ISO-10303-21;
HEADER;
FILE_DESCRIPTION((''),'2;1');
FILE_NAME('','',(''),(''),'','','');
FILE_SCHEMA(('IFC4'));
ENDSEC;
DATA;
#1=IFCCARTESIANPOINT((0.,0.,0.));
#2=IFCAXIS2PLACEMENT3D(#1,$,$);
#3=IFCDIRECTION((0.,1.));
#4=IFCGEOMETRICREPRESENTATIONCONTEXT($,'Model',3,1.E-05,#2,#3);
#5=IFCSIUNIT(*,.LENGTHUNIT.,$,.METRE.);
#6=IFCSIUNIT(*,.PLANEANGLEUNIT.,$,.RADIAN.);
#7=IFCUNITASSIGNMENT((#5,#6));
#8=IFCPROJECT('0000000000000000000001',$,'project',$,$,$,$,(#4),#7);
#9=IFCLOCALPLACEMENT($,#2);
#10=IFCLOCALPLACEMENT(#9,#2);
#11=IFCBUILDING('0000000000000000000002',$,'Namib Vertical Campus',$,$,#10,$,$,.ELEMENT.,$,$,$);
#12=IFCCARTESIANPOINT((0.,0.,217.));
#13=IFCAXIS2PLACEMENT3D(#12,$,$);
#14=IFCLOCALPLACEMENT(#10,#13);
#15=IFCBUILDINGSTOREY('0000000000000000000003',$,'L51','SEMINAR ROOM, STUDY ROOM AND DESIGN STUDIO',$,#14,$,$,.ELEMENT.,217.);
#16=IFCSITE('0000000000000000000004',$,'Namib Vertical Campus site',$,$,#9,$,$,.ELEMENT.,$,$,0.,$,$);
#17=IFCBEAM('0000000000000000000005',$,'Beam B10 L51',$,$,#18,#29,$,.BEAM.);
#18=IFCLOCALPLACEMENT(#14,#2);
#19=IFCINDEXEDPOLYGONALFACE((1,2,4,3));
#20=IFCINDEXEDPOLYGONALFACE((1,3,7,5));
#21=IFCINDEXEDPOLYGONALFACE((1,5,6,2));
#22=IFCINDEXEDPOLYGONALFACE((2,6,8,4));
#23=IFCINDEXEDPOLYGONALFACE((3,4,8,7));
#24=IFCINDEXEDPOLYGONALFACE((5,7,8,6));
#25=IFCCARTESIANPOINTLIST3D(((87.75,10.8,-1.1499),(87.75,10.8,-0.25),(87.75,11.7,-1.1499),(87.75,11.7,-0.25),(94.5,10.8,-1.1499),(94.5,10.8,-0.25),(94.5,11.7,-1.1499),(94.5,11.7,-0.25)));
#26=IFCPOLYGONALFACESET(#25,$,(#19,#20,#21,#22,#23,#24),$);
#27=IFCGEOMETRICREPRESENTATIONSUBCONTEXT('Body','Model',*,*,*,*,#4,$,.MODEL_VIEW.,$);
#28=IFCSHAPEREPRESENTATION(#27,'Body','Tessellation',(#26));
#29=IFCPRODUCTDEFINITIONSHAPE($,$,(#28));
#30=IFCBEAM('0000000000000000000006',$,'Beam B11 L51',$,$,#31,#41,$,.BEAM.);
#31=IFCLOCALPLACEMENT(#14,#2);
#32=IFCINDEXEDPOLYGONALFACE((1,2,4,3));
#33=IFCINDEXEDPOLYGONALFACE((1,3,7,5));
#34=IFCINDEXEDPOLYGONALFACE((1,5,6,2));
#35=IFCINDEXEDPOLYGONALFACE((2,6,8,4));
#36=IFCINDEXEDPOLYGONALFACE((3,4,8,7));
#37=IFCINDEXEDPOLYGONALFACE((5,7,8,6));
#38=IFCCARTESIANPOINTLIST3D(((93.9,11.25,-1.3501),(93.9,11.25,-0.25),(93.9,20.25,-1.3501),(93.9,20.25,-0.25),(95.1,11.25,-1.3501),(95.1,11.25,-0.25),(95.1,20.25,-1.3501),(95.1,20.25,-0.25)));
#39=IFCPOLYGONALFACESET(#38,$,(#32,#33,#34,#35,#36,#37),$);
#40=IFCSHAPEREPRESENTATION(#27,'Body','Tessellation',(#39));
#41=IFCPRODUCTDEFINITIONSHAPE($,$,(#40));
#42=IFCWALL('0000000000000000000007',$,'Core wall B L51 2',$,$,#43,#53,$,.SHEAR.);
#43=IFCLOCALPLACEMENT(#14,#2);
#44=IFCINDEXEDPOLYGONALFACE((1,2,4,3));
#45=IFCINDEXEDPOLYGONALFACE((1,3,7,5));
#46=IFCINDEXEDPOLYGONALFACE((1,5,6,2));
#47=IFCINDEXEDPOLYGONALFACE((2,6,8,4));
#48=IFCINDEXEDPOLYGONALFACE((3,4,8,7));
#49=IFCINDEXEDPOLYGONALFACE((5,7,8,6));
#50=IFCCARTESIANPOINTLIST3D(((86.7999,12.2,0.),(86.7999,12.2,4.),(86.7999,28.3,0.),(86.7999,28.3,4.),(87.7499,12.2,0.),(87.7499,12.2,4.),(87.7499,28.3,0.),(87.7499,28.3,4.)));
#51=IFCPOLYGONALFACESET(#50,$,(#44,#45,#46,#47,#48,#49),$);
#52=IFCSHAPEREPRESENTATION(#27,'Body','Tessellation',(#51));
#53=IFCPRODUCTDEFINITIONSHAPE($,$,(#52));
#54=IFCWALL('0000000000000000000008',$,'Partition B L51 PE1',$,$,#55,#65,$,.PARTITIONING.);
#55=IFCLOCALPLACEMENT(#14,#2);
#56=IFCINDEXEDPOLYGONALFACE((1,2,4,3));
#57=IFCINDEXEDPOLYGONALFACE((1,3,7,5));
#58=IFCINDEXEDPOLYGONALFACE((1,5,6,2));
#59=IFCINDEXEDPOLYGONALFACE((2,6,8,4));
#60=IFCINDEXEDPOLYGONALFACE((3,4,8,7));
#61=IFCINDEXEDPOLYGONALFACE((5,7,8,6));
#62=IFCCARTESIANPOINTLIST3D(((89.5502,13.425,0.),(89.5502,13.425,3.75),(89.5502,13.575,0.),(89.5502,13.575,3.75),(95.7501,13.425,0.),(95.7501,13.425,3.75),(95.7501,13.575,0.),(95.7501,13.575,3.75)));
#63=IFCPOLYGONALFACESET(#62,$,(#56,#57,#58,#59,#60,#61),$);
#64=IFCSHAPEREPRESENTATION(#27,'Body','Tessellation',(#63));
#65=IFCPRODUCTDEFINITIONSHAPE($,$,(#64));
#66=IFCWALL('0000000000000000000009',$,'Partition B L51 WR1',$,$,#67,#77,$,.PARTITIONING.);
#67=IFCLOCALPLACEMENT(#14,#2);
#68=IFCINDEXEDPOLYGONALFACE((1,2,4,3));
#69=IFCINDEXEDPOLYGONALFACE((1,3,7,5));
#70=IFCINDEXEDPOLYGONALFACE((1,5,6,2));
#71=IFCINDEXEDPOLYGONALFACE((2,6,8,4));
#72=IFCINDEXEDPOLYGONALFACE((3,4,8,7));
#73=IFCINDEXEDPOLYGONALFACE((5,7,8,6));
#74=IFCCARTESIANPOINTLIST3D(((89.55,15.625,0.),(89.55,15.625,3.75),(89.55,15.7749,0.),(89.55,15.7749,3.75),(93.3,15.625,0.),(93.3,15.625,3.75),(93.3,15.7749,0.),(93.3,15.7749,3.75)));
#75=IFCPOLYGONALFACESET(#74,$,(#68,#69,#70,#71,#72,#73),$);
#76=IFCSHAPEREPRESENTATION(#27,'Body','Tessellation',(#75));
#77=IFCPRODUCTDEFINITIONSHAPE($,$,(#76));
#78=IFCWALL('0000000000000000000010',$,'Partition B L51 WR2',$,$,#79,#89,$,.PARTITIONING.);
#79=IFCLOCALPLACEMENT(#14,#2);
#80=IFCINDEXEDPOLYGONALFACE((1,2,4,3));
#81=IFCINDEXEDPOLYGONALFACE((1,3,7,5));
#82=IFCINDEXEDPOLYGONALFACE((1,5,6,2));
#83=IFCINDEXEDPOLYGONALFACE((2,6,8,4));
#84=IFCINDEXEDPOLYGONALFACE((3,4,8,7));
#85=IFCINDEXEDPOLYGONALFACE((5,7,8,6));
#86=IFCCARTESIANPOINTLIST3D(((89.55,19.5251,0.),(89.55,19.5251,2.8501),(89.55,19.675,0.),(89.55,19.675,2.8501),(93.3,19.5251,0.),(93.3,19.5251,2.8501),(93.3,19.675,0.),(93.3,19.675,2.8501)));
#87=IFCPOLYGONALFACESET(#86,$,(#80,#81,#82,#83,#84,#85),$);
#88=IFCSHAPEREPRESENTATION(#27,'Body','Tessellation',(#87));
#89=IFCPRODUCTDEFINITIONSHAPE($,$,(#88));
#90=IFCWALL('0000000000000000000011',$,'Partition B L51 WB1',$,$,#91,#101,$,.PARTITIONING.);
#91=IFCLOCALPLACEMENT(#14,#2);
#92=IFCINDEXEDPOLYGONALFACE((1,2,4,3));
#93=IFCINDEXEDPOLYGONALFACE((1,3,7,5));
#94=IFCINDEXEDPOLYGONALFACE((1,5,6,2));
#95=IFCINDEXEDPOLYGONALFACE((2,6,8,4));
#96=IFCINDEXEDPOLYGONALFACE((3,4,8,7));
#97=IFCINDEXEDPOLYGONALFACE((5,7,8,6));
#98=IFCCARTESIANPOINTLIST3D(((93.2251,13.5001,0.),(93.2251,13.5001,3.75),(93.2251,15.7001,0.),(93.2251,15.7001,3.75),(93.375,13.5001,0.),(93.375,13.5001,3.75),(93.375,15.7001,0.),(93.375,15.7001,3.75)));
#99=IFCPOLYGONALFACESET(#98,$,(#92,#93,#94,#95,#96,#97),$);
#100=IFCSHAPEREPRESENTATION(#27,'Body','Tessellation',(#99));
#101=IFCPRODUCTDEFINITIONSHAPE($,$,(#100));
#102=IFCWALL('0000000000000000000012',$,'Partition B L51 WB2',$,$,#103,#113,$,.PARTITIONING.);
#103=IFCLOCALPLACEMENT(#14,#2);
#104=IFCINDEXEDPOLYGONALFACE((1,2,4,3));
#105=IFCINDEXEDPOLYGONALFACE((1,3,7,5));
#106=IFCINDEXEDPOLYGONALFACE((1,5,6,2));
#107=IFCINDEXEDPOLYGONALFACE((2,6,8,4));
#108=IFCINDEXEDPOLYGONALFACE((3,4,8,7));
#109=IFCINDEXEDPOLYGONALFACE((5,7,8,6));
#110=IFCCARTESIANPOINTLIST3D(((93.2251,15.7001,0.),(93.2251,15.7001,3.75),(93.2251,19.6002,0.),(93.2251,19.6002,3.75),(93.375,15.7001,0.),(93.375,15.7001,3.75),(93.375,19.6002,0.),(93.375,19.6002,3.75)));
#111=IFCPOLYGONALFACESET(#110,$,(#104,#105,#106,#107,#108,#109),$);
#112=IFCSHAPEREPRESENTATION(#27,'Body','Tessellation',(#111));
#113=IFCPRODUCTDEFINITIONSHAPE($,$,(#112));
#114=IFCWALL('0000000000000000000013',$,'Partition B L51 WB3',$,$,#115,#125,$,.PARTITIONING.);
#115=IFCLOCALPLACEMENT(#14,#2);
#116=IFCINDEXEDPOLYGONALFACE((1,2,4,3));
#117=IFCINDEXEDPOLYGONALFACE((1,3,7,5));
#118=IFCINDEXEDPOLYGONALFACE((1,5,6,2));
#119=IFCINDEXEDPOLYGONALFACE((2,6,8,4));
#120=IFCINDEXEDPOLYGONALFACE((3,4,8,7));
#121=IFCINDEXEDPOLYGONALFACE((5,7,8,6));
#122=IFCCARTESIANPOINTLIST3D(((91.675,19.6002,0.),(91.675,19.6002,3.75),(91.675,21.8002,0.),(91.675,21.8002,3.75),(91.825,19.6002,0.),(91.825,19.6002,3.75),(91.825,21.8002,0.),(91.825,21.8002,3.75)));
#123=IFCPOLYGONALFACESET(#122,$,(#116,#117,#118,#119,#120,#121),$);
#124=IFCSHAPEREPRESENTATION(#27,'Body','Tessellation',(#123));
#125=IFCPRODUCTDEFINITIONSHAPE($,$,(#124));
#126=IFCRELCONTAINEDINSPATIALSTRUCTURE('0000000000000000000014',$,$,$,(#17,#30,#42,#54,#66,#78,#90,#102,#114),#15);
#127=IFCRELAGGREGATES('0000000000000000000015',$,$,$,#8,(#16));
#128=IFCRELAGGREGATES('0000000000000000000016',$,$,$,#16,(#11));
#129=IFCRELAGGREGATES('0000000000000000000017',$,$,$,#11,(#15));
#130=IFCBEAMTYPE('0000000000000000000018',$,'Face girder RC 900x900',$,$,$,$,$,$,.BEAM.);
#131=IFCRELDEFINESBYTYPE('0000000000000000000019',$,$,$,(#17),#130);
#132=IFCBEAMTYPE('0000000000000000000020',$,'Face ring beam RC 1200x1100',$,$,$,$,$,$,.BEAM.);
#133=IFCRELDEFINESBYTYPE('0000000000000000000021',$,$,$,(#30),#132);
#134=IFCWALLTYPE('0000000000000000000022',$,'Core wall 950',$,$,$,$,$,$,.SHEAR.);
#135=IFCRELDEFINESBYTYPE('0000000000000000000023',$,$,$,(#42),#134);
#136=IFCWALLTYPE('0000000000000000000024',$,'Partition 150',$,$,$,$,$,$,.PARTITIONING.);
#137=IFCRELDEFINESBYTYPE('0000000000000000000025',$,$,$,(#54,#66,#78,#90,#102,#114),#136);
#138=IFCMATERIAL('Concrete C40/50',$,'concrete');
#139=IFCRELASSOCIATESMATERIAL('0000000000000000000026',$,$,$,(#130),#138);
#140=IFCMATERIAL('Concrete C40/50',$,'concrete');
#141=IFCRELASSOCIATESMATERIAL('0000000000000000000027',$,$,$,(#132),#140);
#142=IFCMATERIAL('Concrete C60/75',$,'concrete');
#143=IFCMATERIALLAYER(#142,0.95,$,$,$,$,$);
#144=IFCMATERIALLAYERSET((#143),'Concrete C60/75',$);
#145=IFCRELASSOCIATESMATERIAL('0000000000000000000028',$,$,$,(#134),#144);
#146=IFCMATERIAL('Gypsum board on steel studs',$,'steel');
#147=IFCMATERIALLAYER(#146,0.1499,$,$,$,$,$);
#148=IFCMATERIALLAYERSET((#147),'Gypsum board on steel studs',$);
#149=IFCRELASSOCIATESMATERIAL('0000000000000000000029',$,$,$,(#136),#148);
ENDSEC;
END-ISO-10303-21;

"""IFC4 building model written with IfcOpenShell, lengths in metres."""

from ifc_helpers import new_model, si_unit, direction, frame, frame_2d, origin, origin_2d, place, context, subcontext, project, spatial, rectangle, extrude, material, layer, layer_set, material_profile, profile_set, type_object, element, save


model = new_model("IFC4")

# Units and contexts
model_context = context("Model", 3, precision=1e-05, world=origin(), true_north=direction((0.0, 1.0)))
body_context = subcontext(model_context, "Body", "Model", "MODEL_VIEW")
ifc_project = project(units=[si_unit("LENGTHUNIT", "METRE"), si_unit("PLANEANGLEUNIT", "RADIAN")], contexts=[model_context])

# Site, building, storey
site_placement = place(None, origin())
site = spatial("IfcSite", under=ifc_project, at=site_placement, Name="Namib Vertical Campus site", CompositionType="ELEMENT", RefElevation=0.0)
building_placement = place(site_placement, origin())
building = spatial("IfcBuilding", under=site, at=building_placement, Name="Namib Vertical Campus", CompositionType="ELEMENT")
storey_placement = place(building_placement, frame((0.0, 0.0, 217.0)))
storey = spatial("IfcBuildingStorey", under=building, at=storey_placement, Name="L51", Description="SEMINAR ROOM, STUDY ROOM AND DESIGN STUDIO", CompositionType="ELEMENT", Elevation=217.0)

# Beams
ifc_material_1 = material(Name="Concrete C40/50", Category="concrete")
ifc_material_profile_1 = material_profile(ifc_material_1, rectangle(XDim=0.8999, YDim=0.8999, at=origin_2d()))
ifc_profile_set_1 = profile_set([ifc_material_profile_1], Name="Concrete C40/50")
beam_type_1 = type_object("IfcBeamType", Name="Face girder RC 900x900", PredefinedType="BEAM", material=ifc_profile_set_1)
beam_1_placement = place(storey_placement, frame((94.5, 11.25, -0.7), z_axis=(-1.0, 0.0, 0.0), x_axis=(0.0, -1.0, 0.0)))
element("IfcBeam", 1, at=beam_1_placement, inside=storey, type_object=beam_type_1, Name="Beam B10 L51", PredefinedType="BEAM", context=body_context, shape_type="SweptSolid", body=[
    extrude(rectangle(XDim=0.8999, YDim=0.8999, at=origin_2d()), origin(), (0.0, 0.0, 1.0), 6.75),
])
ifc_material_2 = material(Name="Concrete C40/50", Category="concrete")
ifc_material_profile_2 = material_profile(ifc_material_2, rectangle(XDim=1.2, YDim=1.1001, at=origin_2d()))
ifc_profile_set_2 = profile_set([ifc_material_profile_2], Name="Concrete C40/50")
beam_type_2 = type_object("IfcBeamType", Name="Face ring beam RC 1200x1100", PredefinedType="BEAM", material=ifc_profile_set_2)
beam_2_placement = place(storey_placement, frame((94.5, 11.25, -0.8), z_axis=(0.0, 1.0, 0.0), x_axis=(-1.0, 0.0, 0.0)))
element("IfcBeam", 2, at=beam_2_placement, inside=storey, type_object=beam_type_2, Name="Beam B11 L51", PredefinedType="BEAM", context=body_context, shape_type="SweptSolid", body=[
    extrude(rectangle(XDim=1.2, YDim=1.1001, at=origin_2d()), origin(), (0.0, 0.0, 1.0), 9.0),
])

# Walls
ifc_material_3 = material(Name="Concrete C60/75", Category="concrete")
ifc_layer_1 = layer(ifc_material_3, 0.95)
ifc_layer_set_1 = layer_set([ifc_layer_1], Name="Concrete C60/75")
wall_type_1 = type_object("IfcWallType", Name="Core wall 950", PredefinedType="SHEAR", material=ifc_layer_set_1)
wall_1_placement = place(storey_placement, frame((87.2749, 12.2, 0.0), z_axis=(0.0, 0.0, 1.0), x_axis=(0.0, 1.0, 0.0)))
element("IfcWall", 3, at=wall_1_placement, inside=storey, type_object=wall_type_1, Name="Core wall B L51 2", PredefinedType="SHEAR", context=body_context, shape_type="SweptSolid", body=[
    extrude(rectangle(XDim=16.1001, YDim=0.95, at=frame_2d((8.05, 0.0))), origin(), (0.0, 0.0, 1.0), 4.0),
])
ifc_material_4 = material(Name="Gypsum board on steel studs", Category="steel")
ifc_layer_2 = layer(ifc_material_4, 0.1499)
ifc_layer_set_2 = layer_set([ifc_layer_2], Name="Gypsum board on steel studs")
wall_type_2 = type_object("IfcWallType", Name="Partition 150", PredefinedType="PARTITIONING", material=ifc_layer_set_2)
wall_2_placement = place(storey_placement, frame((89.55, 13.5, 0.0), z_axis=(0.0, 0.0, 1.0), x_axis=(1.0, 0.0, 0.0)))
element("IfcWall", 4, at=wall_2_placement, inside=storey, type_object=wall_type_2, Name="Partition B L51 PE1", PredefinedType="PARTITIONING", context=body_context, shape_type="SweptSolid", body=[
    extrude(rectangle(XDim=6.2, YDim=0.1499, at=frame_2d((3.1001, 0.0))), origin(), (0.0, 0.0, 1.0), 3.75),
])
wall_3_placement = place(storey_placement, frame((89.55, 15.7, 0.0), z_axis=(0.0, 0.0, 1.0), x_axis=(1.0, 0.0, 0.0)))
element("IfcWall", 5, at=wall_3_placement, inside=storey, type_object=wall_type_2, Name="Partition B L51 WR1", PredefinedType="PARTITIONING", context=body_context, shape_type="SweptSolid", body=[
    extrude(rectangle(XDim=3.75, YDim=0.1499, at=frame_2d((1.875, 0.0))), origin(), (0.0, 0.0, 1.0), 3.75),
])
wall_4_placement = place(storey_placement, frame((89.55, 19.6001, 0.0), z_axis=(0.0, 0.0, 1.0), x_axis=(1.0, 0.0, 0.0)))
element("IfcWall", 6, at=wall_4_placement, inside=storey, type_object=wall_type_2, Name="Partition B L51 WR2", PredefinedType="PARTITIONING", context=body_context, shape_type="SweptSolid", body=[
    extrude(rectangle(XDim=3.75, YDim=0.1499, at=frame_2d((1.875, 0.0))), origin(), (0.0, 0.0, 1.0), 2.8501),
])
wall_5_placement = place(storey_placement, frame((93.3, 13.5, 0.0), z_axis=(0.0, 0.0, 1.0), x_axis=(0.0, 1.0, 0.0)))
element("IfcWall", 7, at=wall_5_placement, inside=storey, type_object=wall_type_2, Name="Partition B L51 WB1", PredefinedType="PARTITIONING", context=body_context, shape_type="SweptSolid", body=[
    extrude(rectangle(XDim=2.2, YDim=0.1499, at=frame_2d((1.1001, 0.0))), origin(), (0.0, 0.0, 1.0), 3.75),
])
wall_6_placement = place(storey_placement, frame((93.3, 15.7, 0.0), z_axis=(0.0, 0.0, 1.0), x_axis=(0.0, 1.0, 0.0)))
element("IfcWall", 8, at=wall_6_placement, inside=storey, type_object=wall_type_2, Name="Partition B L51 WB2", PredefinedType="PARTITIONING", context=body_context, shape_type="SweptSolid", body=[
    extrude(rectangle(XDim=3.9001, YDim=0.1499, at=frame_2d((1.9502, 0.0))), origin(), (0.0, 0.0, 1.0), 3.75),
])
wall_7_placement = place(storey_placement, frame((91.75, 19.6001, 0.0), z_axis=(0.0, 0.0, 1.0), x_axis=(0.0, 1.0, 0.0)))
element("IfcWall", 9, at=wall_7_placement, inside=storey, type_object=wall_type_2, Name="Partition B L51 WB3", PredefinedType="PARTITIONING", context=body_context, shape_type="SweptSolid", body=[
    extrude(rectangle(XDim=2.2, YDim=0.1499, at=frame_2d((1.1001, 0.0))), origin(), (0.0, 0.0, 1.0), 3.75),
])

save(model, "model.ifc")
